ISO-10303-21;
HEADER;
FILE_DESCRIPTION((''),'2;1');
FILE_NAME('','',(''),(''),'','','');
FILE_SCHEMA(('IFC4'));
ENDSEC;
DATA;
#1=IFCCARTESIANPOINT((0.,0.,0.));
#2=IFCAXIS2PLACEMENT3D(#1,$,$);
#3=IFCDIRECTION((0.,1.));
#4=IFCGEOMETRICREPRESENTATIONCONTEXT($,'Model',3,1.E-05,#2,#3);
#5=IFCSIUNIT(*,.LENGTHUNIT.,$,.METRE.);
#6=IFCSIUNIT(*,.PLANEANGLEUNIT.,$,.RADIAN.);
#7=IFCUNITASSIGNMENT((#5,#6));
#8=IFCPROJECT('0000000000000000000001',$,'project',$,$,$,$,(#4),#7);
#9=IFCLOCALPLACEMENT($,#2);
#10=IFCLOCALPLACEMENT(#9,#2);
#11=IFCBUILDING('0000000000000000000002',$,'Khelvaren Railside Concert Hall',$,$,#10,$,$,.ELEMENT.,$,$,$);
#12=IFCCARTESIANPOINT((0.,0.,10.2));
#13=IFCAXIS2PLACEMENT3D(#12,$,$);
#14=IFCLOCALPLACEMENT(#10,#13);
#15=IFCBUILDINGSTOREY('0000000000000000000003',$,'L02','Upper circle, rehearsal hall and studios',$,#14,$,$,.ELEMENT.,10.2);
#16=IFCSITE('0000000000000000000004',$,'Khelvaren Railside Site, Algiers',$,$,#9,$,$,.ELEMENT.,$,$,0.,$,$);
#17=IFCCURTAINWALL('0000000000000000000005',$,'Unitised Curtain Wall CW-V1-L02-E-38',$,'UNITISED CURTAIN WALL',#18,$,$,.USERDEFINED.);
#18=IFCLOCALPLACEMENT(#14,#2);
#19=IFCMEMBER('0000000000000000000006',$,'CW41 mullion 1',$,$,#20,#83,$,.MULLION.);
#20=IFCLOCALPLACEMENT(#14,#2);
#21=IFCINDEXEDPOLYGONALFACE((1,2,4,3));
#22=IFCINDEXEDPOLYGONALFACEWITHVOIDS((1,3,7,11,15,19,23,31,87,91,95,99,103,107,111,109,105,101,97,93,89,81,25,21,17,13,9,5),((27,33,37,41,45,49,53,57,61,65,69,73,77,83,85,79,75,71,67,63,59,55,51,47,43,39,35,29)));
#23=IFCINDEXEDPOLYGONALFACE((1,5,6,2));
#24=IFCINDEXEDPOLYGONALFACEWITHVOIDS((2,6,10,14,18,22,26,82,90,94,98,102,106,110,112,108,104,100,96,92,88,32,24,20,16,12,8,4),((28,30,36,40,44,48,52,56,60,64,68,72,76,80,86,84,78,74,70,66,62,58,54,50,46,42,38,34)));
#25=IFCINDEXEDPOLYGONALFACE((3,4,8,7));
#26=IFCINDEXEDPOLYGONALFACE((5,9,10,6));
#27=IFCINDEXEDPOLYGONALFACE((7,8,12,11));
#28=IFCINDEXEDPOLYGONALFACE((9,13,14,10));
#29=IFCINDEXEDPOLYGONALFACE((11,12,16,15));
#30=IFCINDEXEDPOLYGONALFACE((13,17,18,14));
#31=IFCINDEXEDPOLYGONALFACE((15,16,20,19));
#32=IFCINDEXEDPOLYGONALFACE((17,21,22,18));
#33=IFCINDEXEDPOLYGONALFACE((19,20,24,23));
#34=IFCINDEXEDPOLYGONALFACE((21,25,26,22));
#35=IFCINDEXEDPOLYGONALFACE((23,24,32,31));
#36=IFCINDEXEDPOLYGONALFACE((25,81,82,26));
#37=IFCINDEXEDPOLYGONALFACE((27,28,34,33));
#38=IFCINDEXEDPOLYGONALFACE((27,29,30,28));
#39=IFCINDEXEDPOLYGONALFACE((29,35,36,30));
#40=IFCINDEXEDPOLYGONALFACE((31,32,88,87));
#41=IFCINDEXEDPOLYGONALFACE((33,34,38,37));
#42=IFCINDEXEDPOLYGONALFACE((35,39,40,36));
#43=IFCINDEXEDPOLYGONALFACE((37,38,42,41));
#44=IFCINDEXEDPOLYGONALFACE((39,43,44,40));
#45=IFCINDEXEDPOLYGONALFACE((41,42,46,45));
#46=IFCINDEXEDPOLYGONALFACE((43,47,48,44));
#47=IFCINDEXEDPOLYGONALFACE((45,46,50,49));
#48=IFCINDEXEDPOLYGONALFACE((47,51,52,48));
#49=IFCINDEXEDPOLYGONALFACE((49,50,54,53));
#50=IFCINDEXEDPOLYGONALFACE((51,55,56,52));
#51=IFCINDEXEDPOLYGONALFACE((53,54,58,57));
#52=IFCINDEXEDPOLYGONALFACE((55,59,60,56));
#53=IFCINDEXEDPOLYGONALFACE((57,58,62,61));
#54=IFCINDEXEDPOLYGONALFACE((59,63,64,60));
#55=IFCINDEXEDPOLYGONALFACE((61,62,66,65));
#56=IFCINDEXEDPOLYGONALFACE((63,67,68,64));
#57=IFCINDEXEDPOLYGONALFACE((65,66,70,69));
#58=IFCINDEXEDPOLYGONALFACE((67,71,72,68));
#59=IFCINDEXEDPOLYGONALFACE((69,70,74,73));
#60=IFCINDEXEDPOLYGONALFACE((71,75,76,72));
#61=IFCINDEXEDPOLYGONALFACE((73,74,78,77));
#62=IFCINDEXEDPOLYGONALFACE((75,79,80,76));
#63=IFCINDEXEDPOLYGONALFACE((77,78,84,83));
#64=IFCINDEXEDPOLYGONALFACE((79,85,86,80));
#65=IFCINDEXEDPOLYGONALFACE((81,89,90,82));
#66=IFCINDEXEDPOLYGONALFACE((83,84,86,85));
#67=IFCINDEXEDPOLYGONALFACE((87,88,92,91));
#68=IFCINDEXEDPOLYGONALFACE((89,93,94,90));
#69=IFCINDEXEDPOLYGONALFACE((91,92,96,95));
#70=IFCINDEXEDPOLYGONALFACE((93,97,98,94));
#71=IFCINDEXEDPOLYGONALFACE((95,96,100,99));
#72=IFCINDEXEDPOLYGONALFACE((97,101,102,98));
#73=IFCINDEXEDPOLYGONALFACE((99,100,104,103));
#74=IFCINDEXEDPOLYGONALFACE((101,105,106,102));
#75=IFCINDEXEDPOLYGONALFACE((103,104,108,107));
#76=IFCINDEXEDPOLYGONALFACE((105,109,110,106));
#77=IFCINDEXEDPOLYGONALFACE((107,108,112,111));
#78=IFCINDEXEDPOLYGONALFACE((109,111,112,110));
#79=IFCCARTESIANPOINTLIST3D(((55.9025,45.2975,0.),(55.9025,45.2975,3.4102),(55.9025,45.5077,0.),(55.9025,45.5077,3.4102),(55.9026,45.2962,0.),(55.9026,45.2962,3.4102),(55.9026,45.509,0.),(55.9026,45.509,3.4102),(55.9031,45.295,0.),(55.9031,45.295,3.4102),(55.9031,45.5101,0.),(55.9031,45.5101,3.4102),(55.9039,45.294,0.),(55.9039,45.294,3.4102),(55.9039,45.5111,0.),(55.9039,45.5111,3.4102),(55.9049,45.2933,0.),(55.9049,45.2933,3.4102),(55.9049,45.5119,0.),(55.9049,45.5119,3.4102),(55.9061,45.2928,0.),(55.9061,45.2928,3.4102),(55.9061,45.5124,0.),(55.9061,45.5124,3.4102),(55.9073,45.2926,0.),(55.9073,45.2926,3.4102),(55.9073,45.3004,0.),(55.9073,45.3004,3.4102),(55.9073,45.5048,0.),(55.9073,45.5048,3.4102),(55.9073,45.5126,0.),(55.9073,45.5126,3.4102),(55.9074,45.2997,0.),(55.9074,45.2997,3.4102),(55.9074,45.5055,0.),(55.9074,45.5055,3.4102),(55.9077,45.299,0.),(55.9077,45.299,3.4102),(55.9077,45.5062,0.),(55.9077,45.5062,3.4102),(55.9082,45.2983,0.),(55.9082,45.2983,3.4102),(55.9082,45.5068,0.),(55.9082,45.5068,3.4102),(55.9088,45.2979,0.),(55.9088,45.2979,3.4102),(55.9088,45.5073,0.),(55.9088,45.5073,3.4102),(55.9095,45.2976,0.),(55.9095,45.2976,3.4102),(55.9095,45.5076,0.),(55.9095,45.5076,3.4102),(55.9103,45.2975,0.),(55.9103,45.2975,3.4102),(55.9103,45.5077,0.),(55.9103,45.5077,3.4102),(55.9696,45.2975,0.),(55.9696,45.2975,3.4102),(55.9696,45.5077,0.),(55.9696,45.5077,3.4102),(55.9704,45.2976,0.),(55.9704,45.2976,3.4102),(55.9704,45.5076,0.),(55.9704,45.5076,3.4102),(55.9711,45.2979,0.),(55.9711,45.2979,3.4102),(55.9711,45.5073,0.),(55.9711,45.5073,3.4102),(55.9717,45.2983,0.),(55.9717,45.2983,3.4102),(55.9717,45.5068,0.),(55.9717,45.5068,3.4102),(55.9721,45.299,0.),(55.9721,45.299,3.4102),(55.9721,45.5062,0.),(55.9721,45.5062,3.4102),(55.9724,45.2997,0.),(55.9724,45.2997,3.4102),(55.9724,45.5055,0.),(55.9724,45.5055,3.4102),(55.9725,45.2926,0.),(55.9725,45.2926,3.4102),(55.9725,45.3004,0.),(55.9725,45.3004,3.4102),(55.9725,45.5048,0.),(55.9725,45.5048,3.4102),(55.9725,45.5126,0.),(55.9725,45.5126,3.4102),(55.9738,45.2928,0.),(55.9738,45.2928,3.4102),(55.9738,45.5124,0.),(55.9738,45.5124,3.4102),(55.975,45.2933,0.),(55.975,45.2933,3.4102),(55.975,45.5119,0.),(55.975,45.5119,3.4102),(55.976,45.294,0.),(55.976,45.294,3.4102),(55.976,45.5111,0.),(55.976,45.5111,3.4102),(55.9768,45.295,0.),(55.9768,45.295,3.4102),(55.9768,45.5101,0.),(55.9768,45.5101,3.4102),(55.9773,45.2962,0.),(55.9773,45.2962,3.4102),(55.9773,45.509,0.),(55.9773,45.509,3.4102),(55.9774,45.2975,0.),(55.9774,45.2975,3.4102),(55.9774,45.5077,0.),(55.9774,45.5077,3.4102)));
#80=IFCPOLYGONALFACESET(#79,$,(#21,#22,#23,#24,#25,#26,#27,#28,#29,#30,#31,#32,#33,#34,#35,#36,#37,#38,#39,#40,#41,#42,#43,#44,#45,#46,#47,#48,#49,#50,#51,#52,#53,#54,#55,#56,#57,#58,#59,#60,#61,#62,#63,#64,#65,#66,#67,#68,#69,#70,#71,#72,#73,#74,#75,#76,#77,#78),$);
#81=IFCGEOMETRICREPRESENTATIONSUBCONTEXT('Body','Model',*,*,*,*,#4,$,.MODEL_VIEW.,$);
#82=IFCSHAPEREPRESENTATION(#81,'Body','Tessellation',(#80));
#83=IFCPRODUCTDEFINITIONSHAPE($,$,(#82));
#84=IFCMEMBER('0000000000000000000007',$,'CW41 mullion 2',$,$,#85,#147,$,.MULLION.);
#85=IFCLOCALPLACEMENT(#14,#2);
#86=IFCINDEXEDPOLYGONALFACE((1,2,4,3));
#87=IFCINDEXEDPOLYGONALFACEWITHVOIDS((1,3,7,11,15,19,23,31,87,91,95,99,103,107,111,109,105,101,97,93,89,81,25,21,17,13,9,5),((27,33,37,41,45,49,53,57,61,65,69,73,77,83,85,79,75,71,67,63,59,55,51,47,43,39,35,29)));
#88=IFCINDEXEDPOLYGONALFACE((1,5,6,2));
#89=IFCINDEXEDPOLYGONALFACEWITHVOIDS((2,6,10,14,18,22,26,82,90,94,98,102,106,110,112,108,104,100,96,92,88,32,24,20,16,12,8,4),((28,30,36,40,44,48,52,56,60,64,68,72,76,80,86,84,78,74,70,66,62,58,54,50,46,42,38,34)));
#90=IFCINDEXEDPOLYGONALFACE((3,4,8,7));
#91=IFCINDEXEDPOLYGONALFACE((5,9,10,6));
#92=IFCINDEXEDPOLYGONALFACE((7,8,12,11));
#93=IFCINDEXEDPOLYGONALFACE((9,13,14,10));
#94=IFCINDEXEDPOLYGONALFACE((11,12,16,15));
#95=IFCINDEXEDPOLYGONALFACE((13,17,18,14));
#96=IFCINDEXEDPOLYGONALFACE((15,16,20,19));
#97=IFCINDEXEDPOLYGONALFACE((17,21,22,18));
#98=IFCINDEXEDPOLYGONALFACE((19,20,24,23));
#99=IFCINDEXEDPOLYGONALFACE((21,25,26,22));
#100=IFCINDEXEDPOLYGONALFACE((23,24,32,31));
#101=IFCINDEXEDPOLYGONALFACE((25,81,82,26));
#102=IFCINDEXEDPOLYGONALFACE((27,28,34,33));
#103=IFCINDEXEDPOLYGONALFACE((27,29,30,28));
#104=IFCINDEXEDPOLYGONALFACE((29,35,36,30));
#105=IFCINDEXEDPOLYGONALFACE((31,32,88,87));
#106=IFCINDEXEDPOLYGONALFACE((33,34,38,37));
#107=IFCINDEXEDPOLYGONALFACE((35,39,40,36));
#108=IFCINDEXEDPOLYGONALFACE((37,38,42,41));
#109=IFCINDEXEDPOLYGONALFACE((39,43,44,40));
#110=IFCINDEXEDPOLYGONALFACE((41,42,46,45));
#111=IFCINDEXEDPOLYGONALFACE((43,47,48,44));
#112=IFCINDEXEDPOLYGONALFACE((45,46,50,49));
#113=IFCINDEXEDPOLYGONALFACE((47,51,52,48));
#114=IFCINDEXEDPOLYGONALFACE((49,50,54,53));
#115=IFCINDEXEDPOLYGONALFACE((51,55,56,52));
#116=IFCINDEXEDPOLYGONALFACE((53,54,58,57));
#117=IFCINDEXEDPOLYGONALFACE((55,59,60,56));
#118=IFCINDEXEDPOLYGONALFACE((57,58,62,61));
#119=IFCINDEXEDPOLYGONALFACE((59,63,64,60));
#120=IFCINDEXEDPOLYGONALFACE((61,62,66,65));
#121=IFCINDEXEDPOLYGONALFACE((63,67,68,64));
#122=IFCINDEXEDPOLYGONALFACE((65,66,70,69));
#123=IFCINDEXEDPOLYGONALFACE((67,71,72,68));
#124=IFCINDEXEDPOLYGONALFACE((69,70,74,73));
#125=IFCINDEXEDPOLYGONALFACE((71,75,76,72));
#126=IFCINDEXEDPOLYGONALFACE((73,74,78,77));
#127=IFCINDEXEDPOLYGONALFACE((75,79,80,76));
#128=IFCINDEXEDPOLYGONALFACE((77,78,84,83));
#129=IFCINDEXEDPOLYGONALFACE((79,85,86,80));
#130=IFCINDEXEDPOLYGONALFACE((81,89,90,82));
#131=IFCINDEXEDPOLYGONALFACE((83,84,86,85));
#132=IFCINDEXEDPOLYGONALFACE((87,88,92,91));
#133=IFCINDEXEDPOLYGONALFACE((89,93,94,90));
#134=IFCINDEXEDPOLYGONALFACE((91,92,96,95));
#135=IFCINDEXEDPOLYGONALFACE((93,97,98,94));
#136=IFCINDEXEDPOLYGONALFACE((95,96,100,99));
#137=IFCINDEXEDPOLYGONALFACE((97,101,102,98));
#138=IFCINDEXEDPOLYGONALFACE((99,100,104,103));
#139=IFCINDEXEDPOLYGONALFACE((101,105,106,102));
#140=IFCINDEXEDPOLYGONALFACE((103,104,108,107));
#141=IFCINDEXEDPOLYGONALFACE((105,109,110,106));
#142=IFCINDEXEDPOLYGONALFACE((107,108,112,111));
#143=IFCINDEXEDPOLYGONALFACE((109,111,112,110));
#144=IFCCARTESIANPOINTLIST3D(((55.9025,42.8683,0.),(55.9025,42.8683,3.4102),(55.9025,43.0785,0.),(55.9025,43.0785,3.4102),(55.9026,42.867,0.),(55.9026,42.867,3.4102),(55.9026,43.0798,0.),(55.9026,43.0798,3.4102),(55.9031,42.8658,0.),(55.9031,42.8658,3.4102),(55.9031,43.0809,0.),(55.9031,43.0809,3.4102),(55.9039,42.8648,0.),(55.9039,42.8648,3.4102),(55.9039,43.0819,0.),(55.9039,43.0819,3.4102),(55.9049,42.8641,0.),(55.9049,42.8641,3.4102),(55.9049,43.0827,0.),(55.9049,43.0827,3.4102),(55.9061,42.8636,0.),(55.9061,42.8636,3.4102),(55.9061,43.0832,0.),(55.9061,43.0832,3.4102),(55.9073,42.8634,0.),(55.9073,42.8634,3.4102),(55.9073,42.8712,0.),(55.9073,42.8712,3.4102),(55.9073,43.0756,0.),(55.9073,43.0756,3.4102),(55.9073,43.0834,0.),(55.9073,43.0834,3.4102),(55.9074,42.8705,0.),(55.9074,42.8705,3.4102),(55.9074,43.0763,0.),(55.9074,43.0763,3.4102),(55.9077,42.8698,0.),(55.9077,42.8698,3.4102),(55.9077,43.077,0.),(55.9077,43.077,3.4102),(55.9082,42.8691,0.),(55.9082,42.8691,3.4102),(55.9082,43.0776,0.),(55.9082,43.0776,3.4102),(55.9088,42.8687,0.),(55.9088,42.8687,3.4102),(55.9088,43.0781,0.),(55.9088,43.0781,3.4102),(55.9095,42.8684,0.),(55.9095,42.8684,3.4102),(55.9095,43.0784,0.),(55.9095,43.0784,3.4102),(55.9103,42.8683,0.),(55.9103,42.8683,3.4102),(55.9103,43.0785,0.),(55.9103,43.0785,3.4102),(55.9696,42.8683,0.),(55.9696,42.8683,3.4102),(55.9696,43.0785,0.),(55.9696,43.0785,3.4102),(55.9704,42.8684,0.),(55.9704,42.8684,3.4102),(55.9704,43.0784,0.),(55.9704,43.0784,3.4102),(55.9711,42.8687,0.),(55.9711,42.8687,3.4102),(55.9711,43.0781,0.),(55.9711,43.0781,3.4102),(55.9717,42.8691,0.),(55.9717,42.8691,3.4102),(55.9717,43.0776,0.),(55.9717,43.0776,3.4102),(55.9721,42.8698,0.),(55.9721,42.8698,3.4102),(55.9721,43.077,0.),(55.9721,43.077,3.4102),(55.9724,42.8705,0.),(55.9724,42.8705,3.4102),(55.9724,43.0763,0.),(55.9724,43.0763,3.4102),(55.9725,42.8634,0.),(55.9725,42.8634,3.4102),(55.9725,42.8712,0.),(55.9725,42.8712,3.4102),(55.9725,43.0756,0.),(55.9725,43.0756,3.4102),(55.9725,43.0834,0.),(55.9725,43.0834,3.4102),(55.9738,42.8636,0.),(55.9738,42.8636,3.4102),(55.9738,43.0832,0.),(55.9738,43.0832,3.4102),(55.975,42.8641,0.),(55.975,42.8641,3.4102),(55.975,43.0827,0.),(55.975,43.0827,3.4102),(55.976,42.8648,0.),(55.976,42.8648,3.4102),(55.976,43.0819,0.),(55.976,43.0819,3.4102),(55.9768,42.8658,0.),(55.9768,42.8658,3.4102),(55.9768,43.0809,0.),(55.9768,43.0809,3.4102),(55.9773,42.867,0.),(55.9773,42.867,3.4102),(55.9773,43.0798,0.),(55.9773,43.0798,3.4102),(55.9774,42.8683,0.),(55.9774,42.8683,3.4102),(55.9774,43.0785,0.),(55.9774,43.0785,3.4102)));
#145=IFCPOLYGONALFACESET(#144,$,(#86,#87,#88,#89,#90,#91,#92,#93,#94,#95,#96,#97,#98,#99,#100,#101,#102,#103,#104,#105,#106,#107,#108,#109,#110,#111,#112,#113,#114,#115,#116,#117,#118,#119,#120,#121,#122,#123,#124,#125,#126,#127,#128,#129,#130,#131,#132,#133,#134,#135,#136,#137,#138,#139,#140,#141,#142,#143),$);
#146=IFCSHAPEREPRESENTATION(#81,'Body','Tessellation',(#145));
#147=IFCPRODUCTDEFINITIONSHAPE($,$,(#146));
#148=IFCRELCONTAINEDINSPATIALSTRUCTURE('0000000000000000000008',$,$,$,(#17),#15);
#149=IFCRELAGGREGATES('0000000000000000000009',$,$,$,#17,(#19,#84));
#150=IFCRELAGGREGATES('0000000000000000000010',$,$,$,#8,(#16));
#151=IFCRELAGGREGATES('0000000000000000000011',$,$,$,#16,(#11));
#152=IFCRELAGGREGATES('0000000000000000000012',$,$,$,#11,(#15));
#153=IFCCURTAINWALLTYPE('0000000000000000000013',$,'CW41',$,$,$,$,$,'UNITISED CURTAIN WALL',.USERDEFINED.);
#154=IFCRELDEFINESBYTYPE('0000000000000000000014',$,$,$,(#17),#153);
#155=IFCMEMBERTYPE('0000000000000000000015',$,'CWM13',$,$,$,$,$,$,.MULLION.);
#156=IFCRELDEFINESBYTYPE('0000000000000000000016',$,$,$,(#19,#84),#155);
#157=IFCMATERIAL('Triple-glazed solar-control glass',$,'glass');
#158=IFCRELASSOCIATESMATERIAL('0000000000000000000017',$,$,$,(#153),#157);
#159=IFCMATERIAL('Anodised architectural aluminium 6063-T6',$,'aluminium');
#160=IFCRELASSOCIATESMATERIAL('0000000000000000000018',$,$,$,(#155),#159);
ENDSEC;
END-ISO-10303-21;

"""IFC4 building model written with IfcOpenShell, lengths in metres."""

from ifc_helpers import new_model, si_unit, direction, frame, origin, origin_2d, place, context, subcontext, project, spatial, hollow_rectangle, extrude, material, material_profile, profile_set, type_object, element, aggregate, save


model = new_model("IFC4")

# Units and contexts
model_context = context("Model", 3, precision=1e-05, world=origin(), true_north=direction((0.0, 1.0)))
body_context = subcontext(model_context, "Body", "Model", "MODEL_VIEW")
ifc_project = project(units=[si_unit("LENGTHUNIT", "METRE"), si_unit("PLANEANGLEUNIT", "RADIAN")], contexts=[model_context])

# Site, building, storey
site_placement = place(None, origin())
site = spatial("IfcSite", under=ifc_project, at=site_placement, Name="Khelvaren Railside Site, Algiers", CompositionType="ELEMENT", RefElevation=0.0)
building_placement = place(site_placement, origin())
building = spatial("IfcBuilding", under=site, at=building_placement, Name="Khelvaren Railside Concert Hall", CompositionType="ELEMENT")
storey_placement = place(building_placement, frame((0.0, 0.0, 10.2)))
storey = spatial("IfcBuildingStorey", under=building, at=storey_placement, Name="L02", Description="Upper circle, rehearsal hall and studios", CompositionType="ELEMENT", Elevation=10.2)

# Curtain wall, members
ifc_material_1 = material(Name="Triple-glazed solar-control glass", Category="glass")
curtain_wall_type = type_object("IfcCurtainWallType", Name="CW41", ElementType="UNITISED CURTAIN WALL", PredefinedType="USERDEFINED", material=ifc_material_1)
curtain_wall_placement = place(storey_placement, origin())
curtain_wall = element("IfcCurtainWall", 1, at=curtain_wall_placement, inside=storey, type_object=curtain_wall_type, Name="Unitised Curtain Wall CW-V1-L02-E-38", ObjectType="UNITISED CURTAIN WALL", PredefinedType="USERDEFINED")
ifc_material_2 = material(Name="Anodised architectural aluminium 6063-T6", Category="aluminium")
ifc_material_profile_1 = material_profile(ifc_material_2, hollow_rectangle(XDim=0.075, YDim=0.22, WallThickness=0.0049, InnerFilletRadius=0.0029, OuterFilletRadius=0.0049, at=origin_2d()), Name="CWM 75x220x5")
ifc_profile_set_1 = profile_set([ifc_material_profile_1], Name="Anodised architectural aluminium 6063-T6")
member_type_1 = type_object("IfcMemberType", Name="CWM13", PredefinedType="MULLION", material=ifc_profile_set_1)
member_1_placement = place(storey_placement, frame((55.9399, 45.4026, 0.0), z_axis=(0.0, 0.0, 1.0), x_axis=(1.0, 0.0, 0.0)))
member_1 = element("IfcMember", 2, at=member_1_placement, type_object=member_type_1, Name="CW41 mullion 1", PredefinedType="MULLION", context=body_context, shape_type="SweptSolid", body=[
    extrude(hollow_rectangle(XDim=0.075, YDim=0.22, WallThickness=0.0049, InnerFilletRadius=0.0029, OuterFilletRadius=0.0049, at=origin_2d()), origin(), (0.0, 0.0, 1.0), 3.4102),
])
member_2_placement = place(storey_placement, frame((55.9399, 42.9734, 0.0), z_axis=(0.0, 0.0, 1.0), x_axis=(1.0, 0.0, 0.0)))
member_2 = element("IfcMember", 3, at=member_2_placement, type_object=member_type_1, Name="CW41 mullion 2", PredefinedType="MULLION", context=body_context, shape_type="SweptSolid", body=[
    extrude(hollow_rectangle(XDim=0.075, YDim=0.22, WallThickness=0.0049, InnerFilletRadius=0.0029, OuterFilletRadius=0.0049, at=origin_2d()), origin(), (0.0, 0.0, 1.0), 3.4102),
])
aggregate(curtain_wall, [member_1, member_2])

save(model, "model.ifc")
